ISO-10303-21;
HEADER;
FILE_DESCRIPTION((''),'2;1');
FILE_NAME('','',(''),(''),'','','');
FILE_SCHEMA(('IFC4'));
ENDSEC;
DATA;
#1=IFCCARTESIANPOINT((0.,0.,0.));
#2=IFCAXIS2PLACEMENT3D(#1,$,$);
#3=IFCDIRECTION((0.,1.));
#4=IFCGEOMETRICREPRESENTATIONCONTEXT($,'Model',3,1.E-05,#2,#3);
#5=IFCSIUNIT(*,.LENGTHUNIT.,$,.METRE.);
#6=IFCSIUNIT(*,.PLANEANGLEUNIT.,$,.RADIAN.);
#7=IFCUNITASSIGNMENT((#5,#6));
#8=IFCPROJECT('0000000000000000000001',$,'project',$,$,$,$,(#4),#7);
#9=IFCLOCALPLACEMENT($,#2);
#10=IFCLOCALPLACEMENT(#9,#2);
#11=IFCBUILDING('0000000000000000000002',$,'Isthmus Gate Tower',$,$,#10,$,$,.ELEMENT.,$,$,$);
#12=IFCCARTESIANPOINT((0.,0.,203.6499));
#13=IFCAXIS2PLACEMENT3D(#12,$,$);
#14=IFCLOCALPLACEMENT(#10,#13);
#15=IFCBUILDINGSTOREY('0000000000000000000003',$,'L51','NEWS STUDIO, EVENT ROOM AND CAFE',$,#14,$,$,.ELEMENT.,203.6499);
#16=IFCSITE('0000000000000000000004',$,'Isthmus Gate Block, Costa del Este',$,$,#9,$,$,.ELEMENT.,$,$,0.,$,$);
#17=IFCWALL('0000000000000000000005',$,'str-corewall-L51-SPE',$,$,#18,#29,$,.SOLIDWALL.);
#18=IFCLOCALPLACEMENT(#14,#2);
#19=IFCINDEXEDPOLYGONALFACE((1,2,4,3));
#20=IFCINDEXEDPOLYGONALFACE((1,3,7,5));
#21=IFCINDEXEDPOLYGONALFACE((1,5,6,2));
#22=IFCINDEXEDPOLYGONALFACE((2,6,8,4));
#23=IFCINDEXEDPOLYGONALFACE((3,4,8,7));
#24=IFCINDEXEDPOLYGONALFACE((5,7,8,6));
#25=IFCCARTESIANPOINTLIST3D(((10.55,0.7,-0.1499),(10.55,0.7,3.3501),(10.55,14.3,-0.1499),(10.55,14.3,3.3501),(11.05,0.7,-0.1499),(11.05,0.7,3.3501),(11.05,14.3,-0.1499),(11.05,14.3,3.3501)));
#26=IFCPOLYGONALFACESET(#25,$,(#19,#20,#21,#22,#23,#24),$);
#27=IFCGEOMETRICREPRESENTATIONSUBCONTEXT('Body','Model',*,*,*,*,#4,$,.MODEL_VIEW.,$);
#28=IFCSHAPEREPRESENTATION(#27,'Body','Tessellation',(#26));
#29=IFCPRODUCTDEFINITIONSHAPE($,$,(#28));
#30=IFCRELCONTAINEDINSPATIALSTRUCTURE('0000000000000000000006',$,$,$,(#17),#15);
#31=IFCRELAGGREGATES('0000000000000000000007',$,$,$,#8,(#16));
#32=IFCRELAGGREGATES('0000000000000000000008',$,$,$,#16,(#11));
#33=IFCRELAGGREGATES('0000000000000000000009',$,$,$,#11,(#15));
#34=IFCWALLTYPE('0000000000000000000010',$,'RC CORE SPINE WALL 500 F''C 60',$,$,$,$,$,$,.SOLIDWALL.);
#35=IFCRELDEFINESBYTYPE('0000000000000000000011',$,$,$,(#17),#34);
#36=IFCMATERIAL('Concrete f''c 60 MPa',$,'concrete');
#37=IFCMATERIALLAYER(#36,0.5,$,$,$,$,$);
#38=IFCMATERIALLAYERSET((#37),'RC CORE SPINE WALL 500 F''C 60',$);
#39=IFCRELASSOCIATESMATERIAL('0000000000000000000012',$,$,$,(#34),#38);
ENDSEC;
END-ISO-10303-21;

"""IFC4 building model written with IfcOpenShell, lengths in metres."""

from ifc_helpers import new_model, si_unit, direction, frame, frame_2d, origin, place, context, subcontext, project, spatial, rectangle, extrude, material, layer, layer_set, type_object, element, save


model = new_model("IFC4")

# Units and contexts
model_context = context("Model", 3, precision=1e-05, world=origin(), true_north=direction((0.0, 1.0)))
body_context = subcontext(model_context, "Body", "Model", "MODEL_VIEW")
ifc_project = project(units=[si_unit("LENGTHUNIT", "METRE"), si_unit("PLANEANGLEUNIT", "RADIAN")], contexts=[model_context])

# Site, building, storey
site_placement = place(None, origin())
site = spatial("IfcSite", under=ifc_project, at=site_placement, Name="Isthmus Gate Block, Costa del Este", CompositionType="ELEMENT", RefElevation=0.0)
building_placement = place(site_placement, origin())
building = spatial("IfcBuilding", under=site, at=building_placement, Name="Isthmus Gate Tower", CompositionType="ELEMENT")
storey_placement = place(building_placement, frame((0.0, 0.0, 203.6499)))
storey = spatial("IfcBuildingStorey", under=building, at=storey_placement, Name="L51", Description="NEWS STUDIO, EVENT ROOM AND CAFE", CompositionType="ELEMENT", Elevation=203.6499)

# Wall
ifc_material_1 = material(Name="Concrete f'c 60 MPa", Category="concrete")
ifc_layer_1 = layer(ifc_material_1, 0.5)
ifc_layer_set_1 = layer_set([ifc_layer_1], Name="RC CORE SPINE WALL 500 F'C 60")
wall_type_1 = type_object("IfcWallType", Name="RC CORE SPINE WALL 500 F'C 60", PredefinedType="SOLIDWALL", material=ifc_layer_set_1)
wall_1_placement = place(storey_placement, frame((10.8, 0.7, -0.1499), z_axis=(0.0, 0.0, 1.0), x_axis=(0.0, 1.0, 0.0)))
element("IfcWall", 1, at=wall_1_placement, inside=storey, type_object=wall_type_1, Name="str-corewall-L51-SPE", PredefinedType="SOLIDWALL", context=body_context, shape_type="SweptSolid", body=[
    extrude(rectangle(XDim=13.6001, YDim=0.5, at=frame_2d((6.8, 0.0))), origin(), (0.0, 0.0, 1.0), 3.5),
])

save(model, "model.ifc")
